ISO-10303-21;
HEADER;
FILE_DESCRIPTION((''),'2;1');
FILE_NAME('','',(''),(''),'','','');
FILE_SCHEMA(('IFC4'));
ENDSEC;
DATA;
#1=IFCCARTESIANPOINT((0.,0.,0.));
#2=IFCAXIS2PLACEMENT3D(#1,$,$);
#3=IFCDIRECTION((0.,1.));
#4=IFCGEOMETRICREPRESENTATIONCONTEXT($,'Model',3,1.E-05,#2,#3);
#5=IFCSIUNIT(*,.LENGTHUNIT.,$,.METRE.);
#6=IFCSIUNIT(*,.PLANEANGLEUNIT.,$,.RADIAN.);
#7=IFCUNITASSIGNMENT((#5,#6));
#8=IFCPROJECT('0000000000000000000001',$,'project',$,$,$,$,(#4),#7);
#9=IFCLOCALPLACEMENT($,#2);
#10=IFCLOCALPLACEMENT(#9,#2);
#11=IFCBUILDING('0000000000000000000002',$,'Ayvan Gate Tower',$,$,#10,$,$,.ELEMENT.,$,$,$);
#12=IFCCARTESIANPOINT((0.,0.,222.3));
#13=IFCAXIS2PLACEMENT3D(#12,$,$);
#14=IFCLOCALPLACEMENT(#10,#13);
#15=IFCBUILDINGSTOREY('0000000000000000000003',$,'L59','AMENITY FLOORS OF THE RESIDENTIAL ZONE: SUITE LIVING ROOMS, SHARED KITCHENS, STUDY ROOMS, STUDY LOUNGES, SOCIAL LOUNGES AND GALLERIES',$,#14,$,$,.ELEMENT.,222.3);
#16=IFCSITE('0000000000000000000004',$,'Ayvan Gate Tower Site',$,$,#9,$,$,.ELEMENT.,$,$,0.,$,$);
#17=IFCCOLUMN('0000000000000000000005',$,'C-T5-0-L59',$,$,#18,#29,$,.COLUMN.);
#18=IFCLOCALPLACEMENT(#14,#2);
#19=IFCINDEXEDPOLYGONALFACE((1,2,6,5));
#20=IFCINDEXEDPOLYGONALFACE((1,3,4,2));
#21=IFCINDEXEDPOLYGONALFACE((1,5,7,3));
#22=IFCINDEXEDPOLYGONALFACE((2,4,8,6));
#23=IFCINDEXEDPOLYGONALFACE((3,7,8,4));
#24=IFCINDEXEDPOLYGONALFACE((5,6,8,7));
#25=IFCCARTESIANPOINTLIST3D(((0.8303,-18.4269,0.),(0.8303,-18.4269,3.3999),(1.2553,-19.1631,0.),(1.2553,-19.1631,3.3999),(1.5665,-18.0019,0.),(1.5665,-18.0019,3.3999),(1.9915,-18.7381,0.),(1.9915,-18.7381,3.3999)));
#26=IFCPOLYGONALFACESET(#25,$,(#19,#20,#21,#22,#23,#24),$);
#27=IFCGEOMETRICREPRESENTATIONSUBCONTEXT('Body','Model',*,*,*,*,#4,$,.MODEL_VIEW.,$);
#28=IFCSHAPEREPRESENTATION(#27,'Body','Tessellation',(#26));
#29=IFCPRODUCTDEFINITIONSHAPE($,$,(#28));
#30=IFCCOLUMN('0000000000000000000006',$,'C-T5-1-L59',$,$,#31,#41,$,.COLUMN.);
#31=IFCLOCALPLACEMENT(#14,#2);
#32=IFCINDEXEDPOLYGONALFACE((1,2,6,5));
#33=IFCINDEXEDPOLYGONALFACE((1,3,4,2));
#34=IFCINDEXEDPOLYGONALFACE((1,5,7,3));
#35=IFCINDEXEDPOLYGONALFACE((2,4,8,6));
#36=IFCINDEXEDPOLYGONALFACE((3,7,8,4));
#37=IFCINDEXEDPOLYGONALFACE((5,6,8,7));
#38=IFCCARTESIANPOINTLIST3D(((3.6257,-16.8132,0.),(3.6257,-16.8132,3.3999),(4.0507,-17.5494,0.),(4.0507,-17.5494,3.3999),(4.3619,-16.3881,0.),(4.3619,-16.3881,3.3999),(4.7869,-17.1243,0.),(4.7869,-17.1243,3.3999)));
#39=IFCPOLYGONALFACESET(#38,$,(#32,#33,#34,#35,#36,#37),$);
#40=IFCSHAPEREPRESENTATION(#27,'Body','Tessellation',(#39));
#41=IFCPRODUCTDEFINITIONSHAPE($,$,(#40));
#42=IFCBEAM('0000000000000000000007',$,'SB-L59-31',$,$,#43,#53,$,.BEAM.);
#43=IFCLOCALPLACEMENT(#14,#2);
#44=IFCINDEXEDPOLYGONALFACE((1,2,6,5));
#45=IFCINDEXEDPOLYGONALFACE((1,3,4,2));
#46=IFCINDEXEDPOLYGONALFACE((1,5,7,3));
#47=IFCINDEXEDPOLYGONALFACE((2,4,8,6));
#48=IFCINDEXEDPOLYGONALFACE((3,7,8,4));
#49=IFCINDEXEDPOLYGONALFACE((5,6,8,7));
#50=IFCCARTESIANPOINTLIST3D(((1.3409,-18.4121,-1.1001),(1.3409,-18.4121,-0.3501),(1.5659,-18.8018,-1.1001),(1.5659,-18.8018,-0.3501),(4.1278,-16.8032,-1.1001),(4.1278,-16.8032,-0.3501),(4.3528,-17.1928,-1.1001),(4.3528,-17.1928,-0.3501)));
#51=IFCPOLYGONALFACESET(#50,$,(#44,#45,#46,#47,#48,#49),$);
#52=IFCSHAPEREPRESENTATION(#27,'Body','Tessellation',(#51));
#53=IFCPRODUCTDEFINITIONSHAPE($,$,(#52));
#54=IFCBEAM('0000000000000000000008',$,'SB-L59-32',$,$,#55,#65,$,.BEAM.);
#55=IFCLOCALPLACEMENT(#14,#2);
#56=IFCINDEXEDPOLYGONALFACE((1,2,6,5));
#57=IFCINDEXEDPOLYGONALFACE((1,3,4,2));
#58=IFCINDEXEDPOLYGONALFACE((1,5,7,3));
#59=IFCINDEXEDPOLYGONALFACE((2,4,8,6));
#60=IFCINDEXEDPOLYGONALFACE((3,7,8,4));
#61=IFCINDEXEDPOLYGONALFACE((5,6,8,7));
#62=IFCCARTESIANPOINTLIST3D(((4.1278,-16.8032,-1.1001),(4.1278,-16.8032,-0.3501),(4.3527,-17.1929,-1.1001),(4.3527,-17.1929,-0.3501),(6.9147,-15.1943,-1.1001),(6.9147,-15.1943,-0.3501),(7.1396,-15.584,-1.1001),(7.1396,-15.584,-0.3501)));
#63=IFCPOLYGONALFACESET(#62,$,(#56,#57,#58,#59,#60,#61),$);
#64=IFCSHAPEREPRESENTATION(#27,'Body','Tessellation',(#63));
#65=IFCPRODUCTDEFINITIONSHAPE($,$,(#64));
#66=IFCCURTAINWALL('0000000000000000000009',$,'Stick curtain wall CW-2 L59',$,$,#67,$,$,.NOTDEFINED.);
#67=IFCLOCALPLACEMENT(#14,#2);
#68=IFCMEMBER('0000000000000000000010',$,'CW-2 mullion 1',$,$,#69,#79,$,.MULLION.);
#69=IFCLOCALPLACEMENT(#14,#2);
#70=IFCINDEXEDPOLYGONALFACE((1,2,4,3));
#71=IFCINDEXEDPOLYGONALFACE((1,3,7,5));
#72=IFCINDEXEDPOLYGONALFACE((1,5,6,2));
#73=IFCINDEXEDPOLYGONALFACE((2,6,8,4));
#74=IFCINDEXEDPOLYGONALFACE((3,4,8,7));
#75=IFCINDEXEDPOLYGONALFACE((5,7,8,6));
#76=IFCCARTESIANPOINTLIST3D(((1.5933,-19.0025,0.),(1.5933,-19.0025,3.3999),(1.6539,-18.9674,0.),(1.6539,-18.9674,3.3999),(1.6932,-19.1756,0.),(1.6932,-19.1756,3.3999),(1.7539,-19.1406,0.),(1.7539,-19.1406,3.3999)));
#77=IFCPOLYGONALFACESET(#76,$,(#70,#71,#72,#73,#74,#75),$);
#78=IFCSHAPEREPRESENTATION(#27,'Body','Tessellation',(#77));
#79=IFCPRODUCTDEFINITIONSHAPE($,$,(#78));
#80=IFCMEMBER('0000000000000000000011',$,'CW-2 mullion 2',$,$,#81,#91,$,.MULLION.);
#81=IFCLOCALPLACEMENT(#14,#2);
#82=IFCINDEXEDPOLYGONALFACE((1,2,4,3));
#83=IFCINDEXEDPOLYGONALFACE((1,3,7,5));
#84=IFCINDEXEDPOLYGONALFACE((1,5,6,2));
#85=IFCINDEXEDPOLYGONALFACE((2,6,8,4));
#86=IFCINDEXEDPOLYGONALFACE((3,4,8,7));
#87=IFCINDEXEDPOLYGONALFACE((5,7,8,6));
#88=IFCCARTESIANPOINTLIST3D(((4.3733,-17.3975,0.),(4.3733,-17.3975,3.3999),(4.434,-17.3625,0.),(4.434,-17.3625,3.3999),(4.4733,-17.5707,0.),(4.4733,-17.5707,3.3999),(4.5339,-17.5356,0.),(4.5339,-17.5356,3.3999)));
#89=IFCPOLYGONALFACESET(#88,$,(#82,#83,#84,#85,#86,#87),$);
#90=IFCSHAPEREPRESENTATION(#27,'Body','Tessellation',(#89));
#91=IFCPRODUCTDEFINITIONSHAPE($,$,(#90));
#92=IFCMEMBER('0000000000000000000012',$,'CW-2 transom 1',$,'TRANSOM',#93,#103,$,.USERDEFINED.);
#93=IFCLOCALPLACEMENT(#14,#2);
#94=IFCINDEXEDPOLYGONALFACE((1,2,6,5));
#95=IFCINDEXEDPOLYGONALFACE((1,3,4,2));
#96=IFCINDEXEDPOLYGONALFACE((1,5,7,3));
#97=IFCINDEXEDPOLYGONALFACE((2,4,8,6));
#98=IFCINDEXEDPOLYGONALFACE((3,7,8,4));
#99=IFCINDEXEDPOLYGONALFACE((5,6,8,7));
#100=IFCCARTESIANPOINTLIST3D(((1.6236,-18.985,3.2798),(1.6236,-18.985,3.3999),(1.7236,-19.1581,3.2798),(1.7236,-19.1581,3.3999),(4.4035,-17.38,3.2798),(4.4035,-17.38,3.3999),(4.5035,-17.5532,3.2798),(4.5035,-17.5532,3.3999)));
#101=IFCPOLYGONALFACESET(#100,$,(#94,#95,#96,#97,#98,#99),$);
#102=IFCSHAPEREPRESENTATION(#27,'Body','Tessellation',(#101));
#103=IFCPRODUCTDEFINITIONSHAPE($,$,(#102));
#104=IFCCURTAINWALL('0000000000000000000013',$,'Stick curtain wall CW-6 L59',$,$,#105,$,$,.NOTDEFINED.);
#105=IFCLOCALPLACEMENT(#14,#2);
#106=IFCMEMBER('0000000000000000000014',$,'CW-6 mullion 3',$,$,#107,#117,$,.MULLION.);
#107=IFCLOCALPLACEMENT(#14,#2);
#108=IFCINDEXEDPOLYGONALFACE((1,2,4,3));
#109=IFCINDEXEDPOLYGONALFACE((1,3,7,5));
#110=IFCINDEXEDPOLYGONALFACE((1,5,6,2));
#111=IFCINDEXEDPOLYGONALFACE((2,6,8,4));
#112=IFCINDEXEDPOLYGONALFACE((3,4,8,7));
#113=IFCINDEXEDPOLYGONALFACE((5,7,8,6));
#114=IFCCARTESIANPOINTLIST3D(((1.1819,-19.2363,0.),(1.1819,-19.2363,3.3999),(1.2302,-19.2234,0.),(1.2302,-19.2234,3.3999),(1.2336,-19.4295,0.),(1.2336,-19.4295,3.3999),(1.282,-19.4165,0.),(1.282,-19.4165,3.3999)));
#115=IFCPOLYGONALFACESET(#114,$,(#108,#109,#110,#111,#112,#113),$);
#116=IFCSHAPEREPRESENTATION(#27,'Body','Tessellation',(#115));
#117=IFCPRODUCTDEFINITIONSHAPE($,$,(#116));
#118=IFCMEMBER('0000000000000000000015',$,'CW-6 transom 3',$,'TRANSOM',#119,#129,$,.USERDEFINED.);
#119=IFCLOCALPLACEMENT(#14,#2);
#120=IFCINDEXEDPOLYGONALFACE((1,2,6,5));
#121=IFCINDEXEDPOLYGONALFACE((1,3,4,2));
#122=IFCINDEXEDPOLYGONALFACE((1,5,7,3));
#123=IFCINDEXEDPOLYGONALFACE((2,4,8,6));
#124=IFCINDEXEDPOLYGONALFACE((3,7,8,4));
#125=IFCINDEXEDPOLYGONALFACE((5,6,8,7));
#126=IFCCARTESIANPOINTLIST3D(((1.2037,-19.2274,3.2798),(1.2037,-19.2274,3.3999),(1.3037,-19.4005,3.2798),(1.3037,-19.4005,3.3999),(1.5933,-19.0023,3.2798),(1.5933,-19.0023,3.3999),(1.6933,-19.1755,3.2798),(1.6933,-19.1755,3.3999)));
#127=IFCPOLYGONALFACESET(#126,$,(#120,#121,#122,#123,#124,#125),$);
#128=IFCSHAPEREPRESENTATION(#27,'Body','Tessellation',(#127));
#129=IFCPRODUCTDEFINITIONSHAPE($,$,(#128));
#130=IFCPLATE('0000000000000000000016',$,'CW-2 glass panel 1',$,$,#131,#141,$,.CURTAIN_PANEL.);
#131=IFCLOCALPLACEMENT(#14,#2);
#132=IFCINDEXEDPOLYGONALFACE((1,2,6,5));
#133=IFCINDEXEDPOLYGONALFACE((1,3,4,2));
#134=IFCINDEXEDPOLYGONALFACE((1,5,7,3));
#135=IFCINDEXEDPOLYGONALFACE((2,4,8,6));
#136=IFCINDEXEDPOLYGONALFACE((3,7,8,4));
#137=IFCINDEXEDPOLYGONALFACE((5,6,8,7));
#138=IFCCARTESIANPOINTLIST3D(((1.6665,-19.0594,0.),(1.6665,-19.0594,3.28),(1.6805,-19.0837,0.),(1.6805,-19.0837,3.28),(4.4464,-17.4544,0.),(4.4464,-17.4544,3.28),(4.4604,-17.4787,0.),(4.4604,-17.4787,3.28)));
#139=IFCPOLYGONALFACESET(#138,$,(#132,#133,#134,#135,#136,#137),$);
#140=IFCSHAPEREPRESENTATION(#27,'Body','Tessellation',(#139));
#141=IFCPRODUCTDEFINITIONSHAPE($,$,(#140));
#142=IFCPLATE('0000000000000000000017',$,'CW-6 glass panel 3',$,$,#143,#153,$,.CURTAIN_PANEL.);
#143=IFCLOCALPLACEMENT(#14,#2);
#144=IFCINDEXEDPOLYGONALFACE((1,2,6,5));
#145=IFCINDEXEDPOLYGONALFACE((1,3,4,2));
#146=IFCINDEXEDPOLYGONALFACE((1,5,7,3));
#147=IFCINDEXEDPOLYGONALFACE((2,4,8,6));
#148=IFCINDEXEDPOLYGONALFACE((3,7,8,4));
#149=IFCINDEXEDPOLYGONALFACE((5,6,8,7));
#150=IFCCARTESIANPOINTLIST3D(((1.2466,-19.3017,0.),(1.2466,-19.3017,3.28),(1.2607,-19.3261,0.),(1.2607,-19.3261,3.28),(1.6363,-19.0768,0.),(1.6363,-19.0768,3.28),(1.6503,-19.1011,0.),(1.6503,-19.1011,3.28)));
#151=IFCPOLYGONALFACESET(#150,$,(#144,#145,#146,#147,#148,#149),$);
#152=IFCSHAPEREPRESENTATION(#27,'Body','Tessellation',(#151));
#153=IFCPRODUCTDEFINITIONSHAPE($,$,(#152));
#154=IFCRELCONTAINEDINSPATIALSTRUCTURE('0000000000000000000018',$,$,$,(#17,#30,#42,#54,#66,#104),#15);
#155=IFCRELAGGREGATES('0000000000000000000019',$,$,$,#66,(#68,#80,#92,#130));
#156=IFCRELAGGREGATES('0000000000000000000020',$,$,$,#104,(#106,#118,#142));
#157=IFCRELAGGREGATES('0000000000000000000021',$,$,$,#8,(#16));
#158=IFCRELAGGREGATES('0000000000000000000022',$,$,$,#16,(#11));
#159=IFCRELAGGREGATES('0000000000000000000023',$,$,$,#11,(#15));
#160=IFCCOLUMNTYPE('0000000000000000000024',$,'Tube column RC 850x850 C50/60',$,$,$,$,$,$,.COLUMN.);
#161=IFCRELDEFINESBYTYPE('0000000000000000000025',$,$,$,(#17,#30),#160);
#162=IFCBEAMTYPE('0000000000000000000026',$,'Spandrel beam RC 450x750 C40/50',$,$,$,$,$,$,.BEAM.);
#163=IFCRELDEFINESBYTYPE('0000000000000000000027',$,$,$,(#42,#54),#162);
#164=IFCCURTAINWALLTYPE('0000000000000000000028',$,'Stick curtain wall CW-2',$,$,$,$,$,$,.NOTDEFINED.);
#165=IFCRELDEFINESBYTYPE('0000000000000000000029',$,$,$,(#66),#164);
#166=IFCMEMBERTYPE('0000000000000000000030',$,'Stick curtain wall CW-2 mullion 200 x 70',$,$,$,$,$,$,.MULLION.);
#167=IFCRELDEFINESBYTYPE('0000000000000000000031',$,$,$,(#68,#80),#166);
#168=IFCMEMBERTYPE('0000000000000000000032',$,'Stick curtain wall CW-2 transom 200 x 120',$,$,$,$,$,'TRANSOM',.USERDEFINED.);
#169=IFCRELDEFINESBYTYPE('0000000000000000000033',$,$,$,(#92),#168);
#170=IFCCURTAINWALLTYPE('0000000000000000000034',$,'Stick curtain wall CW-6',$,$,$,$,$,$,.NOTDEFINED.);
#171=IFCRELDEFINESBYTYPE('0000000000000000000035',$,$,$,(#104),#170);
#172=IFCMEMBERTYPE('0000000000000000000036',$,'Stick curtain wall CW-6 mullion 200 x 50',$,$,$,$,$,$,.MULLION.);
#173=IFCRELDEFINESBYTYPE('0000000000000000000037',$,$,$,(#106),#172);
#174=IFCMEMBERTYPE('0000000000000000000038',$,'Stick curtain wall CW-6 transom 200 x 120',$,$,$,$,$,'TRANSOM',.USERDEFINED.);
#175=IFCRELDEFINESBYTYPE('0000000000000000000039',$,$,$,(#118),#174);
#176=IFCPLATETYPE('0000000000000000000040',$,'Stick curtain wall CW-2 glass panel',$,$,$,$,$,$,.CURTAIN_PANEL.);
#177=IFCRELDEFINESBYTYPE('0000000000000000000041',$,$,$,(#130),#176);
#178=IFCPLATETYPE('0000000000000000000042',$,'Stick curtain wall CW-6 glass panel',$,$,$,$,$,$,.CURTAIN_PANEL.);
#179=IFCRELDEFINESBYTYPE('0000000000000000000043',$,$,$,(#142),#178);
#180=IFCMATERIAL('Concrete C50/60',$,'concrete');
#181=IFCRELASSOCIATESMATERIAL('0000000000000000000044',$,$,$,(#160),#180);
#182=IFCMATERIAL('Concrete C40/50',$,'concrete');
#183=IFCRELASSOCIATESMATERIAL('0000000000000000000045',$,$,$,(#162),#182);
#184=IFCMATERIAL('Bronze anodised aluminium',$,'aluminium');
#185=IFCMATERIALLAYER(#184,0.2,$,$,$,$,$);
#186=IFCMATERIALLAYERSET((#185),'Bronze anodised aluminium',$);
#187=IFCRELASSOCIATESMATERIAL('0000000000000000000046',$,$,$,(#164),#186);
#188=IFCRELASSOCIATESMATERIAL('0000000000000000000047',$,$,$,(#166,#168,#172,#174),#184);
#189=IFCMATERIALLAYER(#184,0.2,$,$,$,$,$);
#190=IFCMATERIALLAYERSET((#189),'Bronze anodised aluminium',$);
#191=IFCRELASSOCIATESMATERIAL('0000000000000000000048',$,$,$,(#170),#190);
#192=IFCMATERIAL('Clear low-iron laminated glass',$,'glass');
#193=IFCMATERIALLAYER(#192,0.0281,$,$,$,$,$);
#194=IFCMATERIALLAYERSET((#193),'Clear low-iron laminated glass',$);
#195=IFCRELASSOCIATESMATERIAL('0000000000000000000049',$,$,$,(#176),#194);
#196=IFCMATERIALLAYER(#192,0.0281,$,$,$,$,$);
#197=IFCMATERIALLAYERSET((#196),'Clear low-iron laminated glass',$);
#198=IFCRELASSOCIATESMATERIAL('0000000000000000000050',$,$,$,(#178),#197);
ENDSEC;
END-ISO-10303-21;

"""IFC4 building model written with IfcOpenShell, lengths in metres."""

from ifc_helpers import new_model, si_unit, direction, frame, origin, origin_2d, place, context, subcontext, project, spatial, rectangle, extrude, material, layer, layer_set, material_profile, profile_set, type_object, element, aggregate, save


model = new_model("IFC4")

# Units and contexts
model_context = context("Model", 3, precision=1e-05, world=origin(), true_north=direction((0.0, 1.0)))
body_context = subcontext(model_context, "Body", "Model", "MODEL_VIEW")
ifc_project = project(units=[si_unit("LENGTHUNIT", "METRE"), si_unit("PLANEANGLEUNIT", "RADIAN")], contexts=[model_context])

# Site, building, storey
site_placement = place(None, origin())
site = spatial("IfcSite", under=ifc_project, at=site_placement, Name="Ayvan Gate Tower Site", CompositionType="ELEMENT", RefElevation=0.0)
building_placement = place(site_placement, origin())
building = spatial("IfcBuilding", under=site, at=building_placement, Name="Ayvan Gate Tower", CompositionType="ELEMENT")
storey_placement = place(building_placement, frame((0.0, 0.0, 222.3)))
storey = spatial("IfcBuildingStorey", under=building, at=storey_placement, Name="L59", Description="AMENITY FLOORS OF THE RESIDENTIAL ZONE: SUITE LIVING ROOMS, SHARED KITCHENS, STUDY ROOMS, STUDY LOUNGES, SOCIAL LOUNGES AND GALLERIES", CompositionType="ELEMENT", Elevation=222.3)

# Columns
ifc_material_1 = material(Name="Concrete C50/60", Category="concrete")
ifc_material_profile_1 = material_profile(ifc_material_1, rectangle(XDim=0.8501, YDim=0.8501, at=origin_2d()), Name="RC 850x850")
ifc_profile_set_1 = profile_set([ifc_material_profile_1], Name="Concrete C50/60")
column_type = type_object("IfcColumnType", Name="Tube column RC 850x850 C50/60", PredefinedType="COLUMN", material=ifc_profile_set_1)
for number, where, z_axis, x_axis, name in (
    (1, (1.4109, -18.5825, 0.0), (0.0, 0.0, 1.0), (0.5, -0.866025, 0.0), "C-T5-0-L59"),
    (2, (4.2063, -16.9688, 0.0), (0.0, 0.0, 1.0), (0.5, -0.866025, 0.0), "C-T5-1-L59"),
):
    element("IfcColumn", number, at=place(storey_placement, frame(where, z_axis=z_axis, x_axis=x_axis)), inside=storey, type_object=column_type, Name=name, PredefinedType="COLUMN", context=body_context, shape_type="SweptSolid", body=[
        extrude(rectangle(XDim=0.8501, YDim=0.8501, at=origin_2d()), origin(), (0.0, 0.0, 1.0), 3.3999),
    ])

# Beams
ifc_material_2 = material(Name="Concrete C40/50", Category="concrete")
ifc_material_profile_2 = material_profile(ifc_material_2, rectangle(XDim=0.45, YDim=0.75, at=origin_2d()), Name="RC 450x750")
ifc_profile_set_2 = profile_set([ifc_material_profile_2], Name="Concrete C40/50")
beam_type = type_object("IfcBeamType", Name="Spandrel beam RC 450x750 C40/50", PredefinedType="BEAM", material=ifc_profile_set_2)
for number, where, z_axis, x_axis, name in (
    (3, (1.4534, -18.6069, -0.7251), (0.86604, 0.499974, 0.0), (-0.499974, 0.86604, 0.0), "SB-L59-31"),
    (4, (4.2402, -16.998, -0.7251), (0.86604, 0.499974, 0.0), (-0.499974, 0.86604, 0.0), "SB-L59-32"),
):
    element("IfcBeam", number, at=place(storey_placement, frame(where, z_axis=z_axis, x_axis=x_axis)), inside=storey, type_object=beam_type, Name=name, PredefinedType="BEAM", context=body_context, shape_type="SweptSolid", body=[
        extrude(rectangle(XDim=0.45, YDim=0.75, at=origin_2d()), origin(), (0.0, 0.0, 1.0), 3.218),
    ])

# Curtain walls, members
ifc_material_3 = material(Name="Bronze anodised aluminium", Category="aluminium")
ifc_layer_1 = layer(ifc_material_3, 0.2)
ifc_layer_set_1 = layer_set([ifc_layer_1], Name="Bronze anodised aluminium")
curtain_wall_type_1 = type_object("IfcCurtainWallType", Name="Stick curtain wall CW-2", PredefinedType="NOTDEFINED", material=ifc_layer_set_1)
curtain_wall_1_placement = place(storey_placement, origin())
curtain_wall_1 = element("IfcCurtainWall", 5, at=curtain_wall_1_placement, inside=storey, type_object=curtain_wall_type_1, Name="Stick curtain wall CW-2 L59", PredefinedType="NOTDEFINED")
ifc_material_profile_3 = material_profile(ifc_material_3, rectangle(XDim=0.2, YDim=0.0701, at=origin_2d()), Name="Stick curtain wall CW-2 mullion 200 x 70")
ifc_profile_set_3 = profile_set([ifc_material_profile_3], Name="Bronze anodised aluminium")
member_type_1 = type_object("IfcMemberType", Name="Stick curtain wall CW-2 mullion 200 x 70", PredefinedType="MULLION", material=ifc_profile_set_3)
member_1_placement = place(storey_placement, frame((1.6736, -19.0715, 0.0), z_axis=(0.0, 0.0, 1.0), x_axis=(0.5, -0.866025, 0.0)))
member_1 = element("IfcMember", 6, at=member_1_placement, type_object=member_type_1, Name="CW-2 mullion 1", PredefinedType="MULLION", context=body_context, shape_type="SweptSolid", body=[
    extrude(rectangle(XDim=0.2, YDim=0.0701, at=origin_2d()), origin(), (0.0, 0.0, 1.0), 3.3999),
])
member_2_placement = place(storey_placement, frame((4.4536, -17.4666, 0.0), z_axis=(0.0, 0.0, 1.0), x_axis=(0.5, -0.866025, 0.0)))
member_2 = element("IfcMember", 7, at=member_2_placement, type_object=member_type_1, Name="CW-2 mullion 2", PredefinedType="MULLION", context=body_context, shape_type="SweptSolid", body=[
    extrude(rectangle(XDim=0.2, YDim=0.0701, at=origin_2d()), origin(), (0.0, 0.0, 1.0), 3.3999),
])
ifc_material_profile_4 = material_profile(ifc_material_3, rectangle(XDim=0.2, YDim=0.1201, at=origin_2d()), Name="Stick curtain wall CW-2 transom 200 x 120")
ifc_profile_set_4 = profile_set([ifc_material_profile_4], Name="Bronze anodised aluminium")
member_type_2 = type_object("IfcMemberType", Name="Stick curtain wall CW-2 transom 200 x 120", ElementType="TRANSOM", PredefinedType="USERDEFINED", material=ifc_profile_set_4)
member_3_placement = place(storey_placement, frame((1.6736, -19.0715, 3.3398), z_axis=(0.866035, 0.499984, 0.0), x_axis=(-0.499984, 0.866035, 0.0)))
member_3 = element("IfcMember", 8, at=member_3_placement, type_object=member_type_2, Name="CW-2 transom 1", ObjectType="TRANSOM", PredefinedType="USERDEFINED", context=body_context, shape_type="SweptSolid", body=[
    extrude(rectangle(XDim=0.2, YDim=0.1201, at=origin_2d()), origin(), (0.0, 0.0, 1.0), 3.21),
])
ifc_layer_2 = layer(ifc_material_3, 0.2)
ifc_layer_set_2 = layer_set([ifc_layer_2], Name="Bronze anodised aluminium")
curtain_wall_type_2 = type_object("IfcCurtainWallType", Name="Stick curtain wall CW-6", PredefinedType="NOTDEFINED", material=ifc_layer_set_2)
curtain_wall_2_placement = place(storey_placement, origin())
curtain_wall_2 = element("IfcCurtainWall", 9, at=curtain_wall_2_placement, inside=storey, type_object=curtain_wall_type_2, Name="Stick curtain wall CW-6 L59", PredefinedType="NOTDEFINED")
ifc_material_profile_5 = material_profile(ifc_material_3, rectangle(XDim=0.2, YDim=0.05, at=origin_2d()), Name="Stick curtain wall CW-6 mullion 200 x 50")
ifc_profile_set_5 = profile_set([ifc_material_profile_5], Name="Bronze anodised aluminium")
member_type_3 = type_object("IfcMemberType", Name="Stick curtain wall CW-6 mullion 200 x 50", PredefinedType="MULLION", material=ifc_profile_set_5)
member_4_placement = place(storey_placement, frame((1.2319, -19.3264, 0.0), z_axis=(0.0, 0.0, 1.0), x_axis=(0.258819, -0.965926, 0.0)))
member_4 = element("IfcMember", 10, at=member_4_placement, type_object=member_type_3, Name="CW-6 mullion 3", PredefinedType="MULLION", context=body_context, shape_type="SweptSolid", body=[
    extrude(rectangle(XDim=0.2, YDim=0.05, at=origin_2d()), origin(), (0.0, 0.0, 1.0), 3.3999),
])
ifc_material_profile_6 = material_profile(ifc_material_3, rectangle(XDim=0.2, YDim=0.1201, at=origin_2d()), Name="Stick curtain wall CW-6 transom 200 x 120")
ifc_profile_set_6 = profile_set([ifc_material_profile_6], Name="Bronze anodised aluminium")
member_type_4 = type_object("IfcMemberType", Name="Stick curtain wall CW-6 transom 200 x 120", ElementType="TRANSOM", PredefinedType="USERDEFINED", material=ifc_profile_set_6)
member_5_placement = place(storey_placement, frame((1.2537, -19.314, 3.3398), z_axis=(0.865896, 0.500223, 0.0), x_axis=(-0.500223, 0.865896, 0.0)))
member_5 = element("IfcMember", 11, at=member_5_placement, type_object=member_type_4, Name="CW-6 transom 3", ObjectType="TRANSOM", PredefinedType="USERDEFINED", context=body_context, shape_type="SweptSolid", body=[
    extrude(rectangle(XDim=0.2, YDim=0.1201, at=origin_2d()), origin(), (0.0, 0.0, 1.0), 0.45),
])

# Plates
ifc_material_4 = material(Name="Clear low-iron laminated glass", Category="glass")
ifc_layer_3 = layer(ifc_material_4, 0.0281)
ifc_layer_set_3 = layer_set([ifc_layer_3], Name="Clear low-iron laminated glass")
plate_type_1 = type_object("IfcPlateType", Name="Stick curtain wall CW-2 glass panel", PredefinedType="CURTAIN_PANEL", material=ifc_layer_set_3)
plate_1_placement = place(storey_placement, frame((3.0635, -18.269, 0.0), z_axis=(0.0, 0.0, 1.0), x_axis=(0.866025, 0.5, 0.0)))
plate_1 = element("IfcPlate", 12, at=plate_1_placement, type_object=plate_type_1, Name="CW-2 glass panel 1", PredefinedType="CURTAIN_PANEL", context=body_context, shape_type="SweptSolid", body=[
    extrude(rectangle(XDim=3.21, YDim=0.0281, at=origin_2d()), origin(), (0.0, 0.0, 1.0), 3.28),
])
aggregate(curtain_wall_1, [member_1, member_2, member_3, plate_1])
ifc_layer_4 = layer(ifc_material_4, 0.0281)
ifc_layer_set_4 = layer_set([ifc_layer_4], Name="Clear low-iron laminated glass")
plate_type_2 = type_object("IfcPlateType", Name="Stick curtain wall CW-6 glass panel", PredefinedType="CURTAIN_PANEL", material=ifc_layer_set_4)
plate_2_placement = place(storey_placement, frame((1.4485, -19.2014, 0.0), z_axis=(0.0, 0.0, 1.0), x_axis=(0.866025, 0.5, 0.0)))
plate_2 = element("IfcPlate", 13, at=plate_2_placement, type_object=plate_type_2, Name="CW-6 glass panel 3", PredefinedType="CURTAIN_PANEL", context=body_context, shape_type="SweptSolid", body=[
    extrude(rectangle(XDim=0.45, YDim=0.0281, at=origin_2d()), origin(), (0.0, 0.0, 1.0), 3.28),
])
aggregate(curtain_wall_2, [member_4, member_5, plate_2])

save(model, "model.ifc")
